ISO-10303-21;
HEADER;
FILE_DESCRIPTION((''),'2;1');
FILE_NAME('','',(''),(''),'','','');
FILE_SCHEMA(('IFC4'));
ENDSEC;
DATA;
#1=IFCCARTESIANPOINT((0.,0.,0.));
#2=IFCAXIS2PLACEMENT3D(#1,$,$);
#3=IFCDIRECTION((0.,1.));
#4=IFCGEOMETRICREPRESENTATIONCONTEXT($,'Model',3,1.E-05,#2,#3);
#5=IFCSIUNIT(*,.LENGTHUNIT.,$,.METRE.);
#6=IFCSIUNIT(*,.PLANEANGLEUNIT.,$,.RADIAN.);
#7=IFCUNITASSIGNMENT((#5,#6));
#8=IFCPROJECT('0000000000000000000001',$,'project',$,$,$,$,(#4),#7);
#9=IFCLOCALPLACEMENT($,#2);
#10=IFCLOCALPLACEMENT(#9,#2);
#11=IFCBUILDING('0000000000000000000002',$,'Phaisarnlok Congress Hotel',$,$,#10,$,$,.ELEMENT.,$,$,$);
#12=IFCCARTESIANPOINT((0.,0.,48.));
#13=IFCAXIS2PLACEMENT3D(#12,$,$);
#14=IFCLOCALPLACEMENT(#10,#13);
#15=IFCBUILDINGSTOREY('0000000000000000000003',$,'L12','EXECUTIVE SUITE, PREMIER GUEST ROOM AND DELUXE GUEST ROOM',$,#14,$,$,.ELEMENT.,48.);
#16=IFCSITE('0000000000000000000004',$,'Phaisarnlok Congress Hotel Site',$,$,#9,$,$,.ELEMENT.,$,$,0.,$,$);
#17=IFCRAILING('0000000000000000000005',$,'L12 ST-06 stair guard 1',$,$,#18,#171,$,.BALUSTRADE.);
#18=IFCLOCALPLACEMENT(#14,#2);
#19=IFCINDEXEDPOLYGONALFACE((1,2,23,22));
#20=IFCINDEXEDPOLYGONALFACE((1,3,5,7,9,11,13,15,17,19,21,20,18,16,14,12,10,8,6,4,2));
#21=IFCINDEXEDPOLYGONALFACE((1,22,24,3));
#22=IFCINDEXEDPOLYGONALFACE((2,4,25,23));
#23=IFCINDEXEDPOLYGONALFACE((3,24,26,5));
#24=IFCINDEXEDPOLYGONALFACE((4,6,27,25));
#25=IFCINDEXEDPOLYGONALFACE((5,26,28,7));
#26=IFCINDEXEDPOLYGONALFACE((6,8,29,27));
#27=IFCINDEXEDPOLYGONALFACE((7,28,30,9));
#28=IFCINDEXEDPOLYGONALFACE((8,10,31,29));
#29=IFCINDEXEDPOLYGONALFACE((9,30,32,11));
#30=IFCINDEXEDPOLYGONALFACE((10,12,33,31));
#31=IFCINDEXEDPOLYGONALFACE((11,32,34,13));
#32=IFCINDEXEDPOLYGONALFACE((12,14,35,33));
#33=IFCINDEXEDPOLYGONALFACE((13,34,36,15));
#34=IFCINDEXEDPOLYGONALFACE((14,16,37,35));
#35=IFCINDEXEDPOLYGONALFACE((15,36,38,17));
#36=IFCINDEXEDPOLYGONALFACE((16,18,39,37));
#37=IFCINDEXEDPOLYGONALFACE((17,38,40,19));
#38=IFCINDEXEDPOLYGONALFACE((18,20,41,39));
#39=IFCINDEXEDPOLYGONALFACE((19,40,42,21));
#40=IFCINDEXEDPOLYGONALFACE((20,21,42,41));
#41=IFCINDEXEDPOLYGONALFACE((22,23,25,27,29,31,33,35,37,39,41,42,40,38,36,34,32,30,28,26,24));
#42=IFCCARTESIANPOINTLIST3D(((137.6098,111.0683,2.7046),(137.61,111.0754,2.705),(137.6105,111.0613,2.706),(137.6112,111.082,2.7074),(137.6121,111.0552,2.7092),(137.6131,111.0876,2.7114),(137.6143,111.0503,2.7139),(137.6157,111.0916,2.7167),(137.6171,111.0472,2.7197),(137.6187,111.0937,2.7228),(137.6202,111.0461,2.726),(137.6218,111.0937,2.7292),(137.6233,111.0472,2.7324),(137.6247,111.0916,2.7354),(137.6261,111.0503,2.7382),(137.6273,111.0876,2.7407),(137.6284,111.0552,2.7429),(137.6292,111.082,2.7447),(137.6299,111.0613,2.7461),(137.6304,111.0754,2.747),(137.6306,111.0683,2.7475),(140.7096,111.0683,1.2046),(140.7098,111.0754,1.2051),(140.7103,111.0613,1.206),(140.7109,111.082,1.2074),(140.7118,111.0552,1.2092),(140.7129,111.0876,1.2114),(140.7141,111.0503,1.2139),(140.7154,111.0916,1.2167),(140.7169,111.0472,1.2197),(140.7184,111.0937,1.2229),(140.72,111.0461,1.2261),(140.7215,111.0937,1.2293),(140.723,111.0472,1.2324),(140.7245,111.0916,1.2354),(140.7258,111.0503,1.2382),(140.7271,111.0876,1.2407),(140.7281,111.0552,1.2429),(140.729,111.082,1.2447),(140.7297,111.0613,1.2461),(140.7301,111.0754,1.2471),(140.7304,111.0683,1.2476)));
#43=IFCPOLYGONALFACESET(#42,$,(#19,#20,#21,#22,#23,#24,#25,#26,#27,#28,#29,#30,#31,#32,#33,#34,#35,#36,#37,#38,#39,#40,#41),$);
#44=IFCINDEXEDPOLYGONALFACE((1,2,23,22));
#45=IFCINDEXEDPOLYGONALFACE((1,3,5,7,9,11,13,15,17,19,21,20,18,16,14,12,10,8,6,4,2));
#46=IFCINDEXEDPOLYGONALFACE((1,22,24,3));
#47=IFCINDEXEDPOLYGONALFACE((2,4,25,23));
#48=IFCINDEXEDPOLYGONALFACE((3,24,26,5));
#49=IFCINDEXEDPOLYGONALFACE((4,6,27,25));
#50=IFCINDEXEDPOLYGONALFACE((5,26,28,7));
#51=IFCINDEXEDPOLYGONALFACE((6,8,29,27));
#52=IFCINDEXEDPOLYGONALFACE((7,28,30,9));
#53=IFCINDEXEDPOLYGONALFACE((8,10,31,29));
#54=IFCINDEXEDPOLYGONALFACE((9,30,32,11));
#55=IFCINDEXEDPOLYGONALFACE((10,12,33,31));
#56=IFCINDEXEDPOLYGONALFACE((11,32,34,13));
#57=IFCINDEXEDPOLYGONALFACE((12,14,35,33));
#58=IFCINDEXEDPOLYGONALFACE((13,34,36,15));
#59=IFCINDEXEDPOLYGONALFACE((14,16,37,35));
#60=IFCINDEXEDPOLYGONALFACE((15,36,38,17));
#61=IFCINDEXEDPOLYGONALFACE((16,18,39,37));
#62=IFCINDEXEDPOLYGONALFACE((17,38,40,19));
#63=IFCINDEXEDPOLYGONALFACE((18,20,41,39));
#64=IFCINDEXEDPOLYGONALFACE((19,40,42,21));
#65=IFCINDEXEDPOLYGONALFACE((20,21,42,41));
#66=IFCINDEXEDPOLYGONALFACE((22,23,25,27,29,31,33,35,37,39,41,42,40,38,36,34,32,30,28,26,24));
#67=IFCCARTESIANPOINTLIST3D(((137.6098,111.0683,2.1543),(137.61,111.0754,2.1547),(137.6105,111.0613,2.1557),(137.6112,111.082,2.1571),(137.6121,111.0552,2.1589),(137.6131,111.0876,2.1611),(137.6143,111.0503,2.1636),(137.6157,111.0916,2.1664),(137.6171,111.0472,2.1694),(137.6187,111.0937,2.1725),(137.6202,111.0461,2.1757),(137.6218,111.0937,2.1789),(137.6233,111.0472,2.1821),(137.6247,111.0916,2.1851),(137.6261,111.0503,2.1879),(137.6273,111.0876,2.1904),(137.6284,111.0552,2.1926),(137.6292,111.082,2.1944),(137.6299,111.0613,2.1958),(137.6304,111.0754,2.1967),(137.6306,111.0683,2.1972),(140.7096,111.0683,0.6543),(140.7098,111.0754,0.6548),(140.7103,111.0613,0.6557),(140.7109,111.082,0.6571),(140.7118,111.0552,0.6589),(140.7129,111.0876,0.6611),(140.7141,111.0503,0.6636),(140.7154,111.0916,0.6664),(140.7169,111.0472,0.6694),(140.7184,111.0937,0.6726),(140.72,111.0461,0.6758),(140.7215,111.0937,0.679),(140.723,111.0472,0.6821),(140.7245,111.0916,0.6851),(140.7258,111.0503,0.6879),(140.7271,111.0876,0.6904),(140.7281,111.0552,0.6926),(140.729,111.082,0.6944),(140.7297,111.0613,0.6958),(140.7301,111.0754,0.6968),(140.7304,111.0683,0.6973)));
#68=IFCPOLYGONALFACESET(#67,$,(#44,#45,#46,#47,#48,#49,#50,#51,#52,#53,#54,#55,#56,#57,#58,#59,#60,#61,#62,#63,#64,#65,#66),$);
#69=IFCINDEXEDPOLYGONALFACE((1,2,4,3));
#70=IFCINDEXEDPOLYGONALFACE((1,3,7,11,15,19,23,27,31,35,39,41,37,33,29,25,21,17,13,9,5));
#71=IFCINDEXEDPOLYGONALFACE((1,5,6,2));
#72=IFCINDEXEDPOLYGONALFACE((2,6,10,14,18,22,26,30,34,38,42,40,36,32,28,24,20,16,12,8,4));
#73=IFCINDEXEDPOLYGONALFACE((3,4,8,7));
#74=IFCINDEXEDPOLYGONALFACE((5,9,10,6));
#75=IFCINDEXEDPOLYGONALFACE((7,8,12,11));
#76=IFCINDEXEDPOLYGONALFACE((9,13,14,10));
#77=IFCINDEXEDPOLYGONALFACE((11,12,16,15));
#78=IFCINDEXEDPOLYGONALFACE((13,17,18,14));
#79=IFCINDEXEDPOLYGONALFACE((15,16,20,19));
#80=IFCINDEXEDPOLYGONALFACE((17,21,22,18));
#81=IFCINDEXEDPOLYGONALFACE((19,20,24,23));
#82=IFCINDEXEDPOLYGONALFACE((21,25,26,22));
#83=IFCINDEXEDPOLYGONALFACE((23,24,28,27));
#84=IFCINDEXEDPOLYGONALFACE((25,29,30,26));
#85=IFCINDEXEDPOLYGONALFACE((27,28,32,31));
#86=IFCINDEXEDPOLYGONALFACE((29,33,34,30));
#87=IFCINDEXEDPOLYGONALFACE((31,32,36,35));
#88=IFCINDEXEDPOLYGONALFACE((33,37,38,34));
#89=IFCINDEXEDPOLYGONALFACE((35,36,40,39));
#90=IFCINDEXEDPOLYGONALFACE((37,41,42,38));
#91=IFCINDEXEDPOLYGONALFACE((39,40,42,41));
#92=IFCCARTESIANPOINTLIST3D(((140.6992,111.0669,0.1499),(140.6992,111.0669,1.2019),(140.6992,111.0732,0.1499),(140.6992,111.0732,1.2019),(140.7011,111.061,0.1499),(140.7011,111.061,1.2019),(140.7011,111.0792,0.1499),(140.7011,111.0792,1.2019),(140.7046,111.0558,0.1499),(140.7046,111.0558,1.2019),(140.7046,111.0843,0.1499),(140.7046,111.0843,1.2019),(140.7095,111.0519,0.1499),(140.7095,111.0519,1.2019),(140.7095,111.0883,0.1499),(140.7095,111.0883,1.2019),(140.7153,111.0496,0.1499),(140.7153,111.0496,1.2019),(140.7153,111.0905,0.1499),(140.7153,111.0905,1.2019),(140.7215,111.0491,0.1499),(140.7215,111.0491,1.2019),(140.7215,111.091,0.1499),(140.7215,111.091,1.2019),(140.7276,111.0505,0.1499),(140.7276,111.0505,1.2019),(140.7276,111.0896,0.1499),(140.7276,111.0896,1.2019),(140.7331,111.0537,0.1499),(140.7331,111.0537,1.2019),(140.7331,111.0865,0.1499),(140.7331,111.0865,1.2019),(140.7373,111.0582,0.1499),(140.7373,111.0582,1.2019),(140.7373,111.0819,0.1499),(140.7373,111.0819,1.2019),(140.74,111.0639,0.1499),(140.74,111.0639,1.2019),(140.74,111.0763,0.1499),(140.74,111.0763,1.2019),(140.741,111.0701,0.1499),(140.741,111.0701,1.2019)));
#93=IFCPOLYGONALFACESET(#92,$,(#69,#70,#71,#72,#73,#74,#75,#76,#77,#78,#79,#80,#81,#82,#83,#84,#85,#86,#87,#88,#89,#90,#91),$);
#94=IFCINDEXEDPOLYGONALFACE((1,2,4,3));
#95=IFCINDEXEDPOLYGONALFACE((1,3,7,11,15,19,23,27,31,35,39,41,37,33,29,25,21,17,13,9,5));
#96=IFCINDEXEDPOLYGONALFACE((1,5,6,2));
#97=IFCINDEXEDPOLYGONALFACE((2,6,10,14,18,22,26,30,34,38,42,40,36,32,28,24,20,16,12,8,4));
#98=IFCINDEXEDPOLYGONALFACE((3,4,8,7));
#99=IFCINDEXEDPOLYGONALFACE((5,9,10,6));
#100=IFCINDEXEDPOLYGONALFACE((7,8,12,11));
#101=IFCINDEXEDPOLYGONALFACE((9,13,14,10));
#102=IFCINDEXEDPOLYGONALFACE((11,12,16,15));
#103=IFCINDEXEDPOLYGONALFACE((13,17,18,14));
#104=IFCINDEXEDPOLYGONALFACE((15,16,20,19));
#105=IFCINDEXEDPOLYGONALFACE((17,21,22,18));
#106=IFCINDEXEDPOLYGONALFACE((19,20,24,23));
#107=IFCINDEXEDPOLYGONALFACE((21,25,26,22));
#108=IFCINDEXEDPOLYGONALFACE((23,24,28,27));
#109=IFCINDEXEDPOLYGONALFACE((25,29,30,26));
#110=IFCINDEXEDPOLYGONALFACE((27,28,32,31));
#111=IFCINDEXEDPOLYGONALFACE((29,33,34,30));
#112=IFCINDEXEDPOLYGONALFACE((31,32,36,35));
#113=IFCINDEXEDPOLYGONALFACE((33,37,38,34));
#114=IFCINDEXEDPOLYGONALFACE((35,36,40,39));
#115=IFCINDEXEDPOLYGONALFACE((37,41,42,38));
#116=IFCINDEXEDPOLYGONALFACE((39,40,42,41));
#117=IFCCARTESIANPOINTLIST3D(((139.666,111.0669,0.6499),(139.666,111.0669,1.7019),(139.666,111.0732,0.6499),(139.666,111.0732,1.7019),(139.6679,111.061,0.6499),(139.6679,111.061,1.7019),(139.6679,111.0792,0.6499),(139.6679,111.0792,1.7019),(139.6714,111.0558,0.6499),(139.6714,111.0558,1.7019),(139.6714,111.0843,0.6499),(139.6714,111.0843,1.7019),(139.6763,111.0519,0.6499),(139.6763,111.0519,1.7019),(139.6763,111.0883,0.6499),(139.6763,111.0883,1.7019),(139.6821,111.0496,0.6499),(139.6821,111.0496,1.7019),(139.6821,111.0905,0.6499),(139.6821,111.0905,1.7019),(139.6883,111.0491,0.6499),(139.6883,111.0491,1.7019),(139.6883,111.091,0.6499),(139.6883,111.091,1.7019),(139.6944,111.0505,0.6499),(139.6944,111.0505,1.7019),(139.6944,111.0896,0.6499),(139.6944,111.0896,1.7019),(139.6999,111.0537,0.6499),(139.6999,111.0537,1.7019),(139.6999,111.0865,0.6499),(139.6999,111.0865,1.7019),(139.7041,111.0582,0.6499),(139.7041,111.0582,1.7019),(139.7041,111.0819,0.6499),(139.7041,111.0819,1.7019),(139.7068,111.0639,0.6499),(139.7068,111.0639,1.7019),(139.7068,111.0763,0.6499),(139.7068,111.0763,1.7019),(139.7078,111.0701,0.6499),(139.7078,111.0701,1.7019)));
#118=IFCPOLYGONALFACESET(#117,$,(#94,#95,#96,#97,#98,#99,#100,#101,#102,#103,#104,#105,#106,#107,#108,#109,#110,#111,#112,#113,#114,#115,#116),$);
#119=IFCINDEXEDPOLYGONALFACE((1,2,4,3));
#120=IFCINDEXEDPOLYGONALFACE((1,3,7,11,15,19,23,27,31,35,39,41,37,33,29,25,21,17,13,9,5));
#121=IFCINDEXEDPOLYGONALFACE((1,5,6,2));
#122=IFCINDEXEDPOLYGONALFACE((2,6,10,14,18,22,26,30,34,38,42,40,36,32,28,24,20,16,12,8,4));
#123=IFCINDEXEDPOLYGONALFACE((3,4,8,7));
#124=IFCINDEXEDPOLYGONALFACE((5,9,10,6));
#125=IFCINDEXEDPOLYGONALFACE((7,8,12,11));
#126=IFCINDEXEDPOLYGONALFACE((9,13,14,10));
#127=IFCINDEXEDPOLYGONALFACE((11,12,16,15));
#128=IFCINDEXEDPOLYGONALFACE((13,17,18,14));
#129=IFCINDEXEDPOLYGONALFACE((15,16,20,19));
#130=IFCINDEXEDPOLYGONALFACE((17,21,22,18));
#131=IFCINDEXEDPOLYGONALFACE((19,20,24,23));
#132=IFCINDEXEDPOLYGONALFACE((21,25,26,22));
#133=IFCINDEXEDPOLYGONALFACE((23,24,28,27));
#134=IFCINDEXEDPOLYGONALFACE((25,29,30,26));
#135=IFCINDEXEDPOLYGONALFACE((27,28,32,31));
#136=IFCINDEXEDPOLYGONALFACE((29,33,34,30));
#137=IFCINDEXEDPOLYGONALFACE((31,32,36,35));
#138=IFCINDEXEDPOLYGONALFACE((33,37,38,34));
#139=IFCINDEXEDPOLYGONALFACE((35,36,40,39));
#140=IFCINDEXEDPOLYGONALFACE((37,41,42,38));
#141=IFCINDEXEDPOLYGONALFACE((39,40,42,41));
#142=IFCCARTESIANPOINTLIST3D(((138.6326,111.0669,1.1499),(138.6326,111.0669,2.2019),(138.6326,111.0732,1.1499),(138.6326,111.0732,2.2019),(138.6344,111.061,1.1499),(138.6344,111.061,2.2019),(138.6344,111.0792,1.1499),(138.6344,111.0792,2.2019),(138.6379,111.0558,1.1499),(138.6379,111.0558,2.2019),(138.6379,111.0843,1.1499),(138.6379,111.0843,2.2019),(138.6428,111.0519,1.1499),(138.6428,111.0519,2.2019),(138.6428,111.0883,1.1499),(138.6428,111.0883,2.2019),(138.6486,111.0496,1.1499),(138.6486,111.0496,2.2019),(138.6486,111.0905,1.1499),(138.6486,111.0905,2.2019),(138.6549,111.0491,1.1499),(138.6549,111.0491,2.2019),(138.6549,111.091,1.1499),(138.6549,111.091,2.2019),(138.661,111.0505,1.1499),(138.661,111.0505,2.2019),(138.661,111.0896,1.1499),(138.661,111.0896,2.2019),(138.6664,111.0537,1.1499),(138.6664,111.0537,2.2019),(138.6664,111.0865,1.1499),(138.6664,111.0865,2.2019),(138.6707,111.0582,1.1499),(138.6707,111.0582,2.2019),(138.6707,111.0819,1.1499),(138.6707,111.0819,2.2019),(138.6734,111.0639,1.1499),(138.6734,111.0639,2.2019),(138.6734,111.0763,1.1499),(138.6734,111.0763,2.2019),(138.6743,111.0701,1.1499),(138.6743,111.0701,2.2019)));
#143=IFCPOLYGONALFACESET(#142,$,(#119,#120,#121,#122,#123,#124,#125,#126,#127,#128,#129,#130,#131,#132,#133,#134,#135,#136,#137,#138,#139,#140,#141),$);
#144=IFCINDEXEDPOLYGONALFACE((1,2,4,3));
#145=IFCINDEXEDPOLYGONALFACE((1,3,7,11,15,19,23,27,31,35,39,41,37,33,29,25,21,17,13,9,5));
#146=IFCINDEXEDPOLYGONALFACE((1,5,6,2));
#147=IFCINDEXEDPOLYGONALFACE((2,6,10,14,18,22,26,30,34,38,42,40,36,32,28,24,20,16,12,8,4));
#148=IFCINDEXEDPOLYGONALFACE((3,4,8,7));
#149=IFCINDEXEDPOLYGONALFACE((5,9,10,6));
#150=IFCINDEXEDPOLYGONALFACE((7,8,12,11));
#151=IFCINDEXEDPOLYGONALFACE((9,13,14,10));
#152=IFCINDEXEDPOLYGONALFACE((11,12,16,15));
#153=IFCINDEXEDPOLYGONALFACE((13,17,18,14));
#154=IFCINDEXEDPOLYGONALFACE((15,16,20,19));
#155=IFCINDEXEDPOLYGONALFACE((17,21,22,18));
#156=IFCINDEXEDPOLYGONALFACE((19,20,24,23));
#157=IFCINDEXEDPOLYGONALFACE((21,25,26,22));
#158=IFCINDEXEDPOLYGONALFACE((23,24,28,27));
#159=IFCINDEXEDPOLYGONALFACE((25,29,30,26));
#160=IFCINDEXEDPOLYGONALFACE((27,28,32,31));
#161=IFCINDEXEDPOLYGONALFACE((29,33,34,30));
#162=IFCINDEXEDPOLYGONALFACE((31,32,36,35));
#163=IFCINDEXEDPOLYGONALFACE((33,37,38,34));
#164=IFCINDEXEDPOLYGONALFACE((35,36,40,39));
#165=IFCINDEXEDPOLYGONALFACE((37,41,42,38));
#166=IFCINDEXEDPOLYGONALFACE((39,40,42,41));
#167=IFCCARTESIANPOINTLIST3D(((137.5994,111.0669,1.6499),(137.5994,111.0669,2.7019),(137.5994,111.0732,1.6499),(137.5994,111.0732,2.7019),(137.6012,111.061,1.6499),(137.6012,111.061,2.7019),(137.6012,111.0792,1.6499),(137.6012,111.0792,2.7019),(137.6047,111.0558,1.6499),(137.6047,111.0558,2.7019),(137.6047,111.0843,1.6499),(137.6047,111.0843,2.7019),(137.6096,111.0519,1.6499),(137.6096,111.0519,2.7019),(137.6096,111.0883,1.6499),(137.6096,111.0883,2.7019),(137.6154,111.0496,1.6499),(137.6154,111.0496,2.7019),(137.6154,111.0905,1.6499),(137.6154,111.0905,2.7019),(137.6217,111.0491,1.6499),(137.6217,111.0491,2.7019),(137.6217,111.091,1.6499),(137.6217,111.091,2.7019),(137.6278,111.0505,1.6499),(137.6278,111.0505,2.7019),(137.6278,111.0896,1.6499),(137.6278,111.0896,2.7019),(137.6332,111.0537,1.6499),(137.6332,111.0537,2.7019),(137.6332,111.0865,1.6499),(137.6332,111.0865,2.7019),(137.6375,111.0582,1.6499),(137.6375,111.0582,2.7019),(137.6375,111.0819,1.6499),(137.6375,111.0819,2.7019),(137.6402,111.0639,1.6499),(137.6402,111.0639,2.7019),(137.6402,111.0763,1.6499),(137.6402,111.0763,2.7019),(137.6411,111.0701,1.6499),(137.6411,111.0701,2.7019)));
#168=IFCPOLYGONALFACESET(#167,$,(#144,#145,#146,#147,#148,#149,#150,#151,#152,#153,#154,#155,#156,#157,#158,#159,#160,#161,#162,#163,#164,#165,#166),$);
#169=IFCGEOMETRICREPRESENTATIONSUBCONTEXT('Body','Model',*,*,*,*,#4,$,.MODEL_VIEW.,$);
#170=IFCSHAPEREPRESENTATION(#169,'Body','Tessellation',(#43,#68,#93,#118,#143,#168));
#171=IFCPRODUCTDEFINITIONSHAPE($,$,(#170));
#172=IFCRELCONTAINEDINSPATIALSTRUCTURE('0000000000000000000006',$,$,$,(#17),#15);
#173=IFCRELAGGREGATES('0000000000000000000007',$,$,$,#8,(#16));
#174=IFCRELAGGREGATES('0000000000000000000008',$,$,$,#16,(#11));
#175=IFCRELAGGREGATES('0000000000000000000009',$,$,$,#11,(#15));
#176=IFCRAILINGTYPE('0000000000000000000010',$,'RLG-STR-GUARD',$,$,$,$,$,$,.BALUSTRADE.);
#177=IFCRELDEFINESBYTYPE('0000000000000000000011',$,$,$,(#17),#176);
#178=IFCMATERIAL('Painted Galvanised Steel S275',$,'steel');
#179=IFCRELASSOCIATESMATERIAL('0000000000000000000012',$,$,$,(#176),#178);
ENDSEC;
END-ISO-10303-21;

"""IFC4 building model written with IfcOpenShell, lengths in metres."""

from ifc_helpers import new_model, si_unit, direction, frame, origin, origin_2d, place, context, subcontext, project, spatial, circle, extrude, material, type_object, element, save


model = new_model("IFC4")

# Units and contexts
model_context = context("Model", 3, precision=1e-05, world=origin(), true_north=direction((0.0, 1.0)))
body_context = subcontext(model_context, "Body", "Model", "MODEL_VIEW")
ifc_project = project(units=[si_unit("LENGTHUNIT", "METRE"), si_unit("PLANEANGLEUNIT", "RADIAN")], contexts=[model_context])

# Site, building, storey
site_placement = place(None, origin())
site = spatial("IfcSite", under=ifc_project, at=site_placement, Name="Phaisarnlok Congress Hotel Site", CompositionType="ELEMENT", RefElevation=0.0)
building_placement = place(site_placement, origin())
building = spatial("IfcBuilding", under=site, at=building_placement, Name="Phaisarnlok Congress Hotel", CompositionType="ELEMENT")
storey_placement = place(building_placement, frame((0.0, 0.0, 48.0)))
storey = spatial("IfcBuildingStorey", under=building, at=storey_placement, Name="L12", Description="EXECUTIVE SUITE, PREMIER GUEST ROOM AND DELUXE GUEST ROOM", CompositionType="ELEMENT", Elevation=48.0)

# Railing
ifc_material_1 = material(Name="Painted Galvanised Steel S275", Category="steel")
railing_type_1 = type_object("IfcRailingType", Name="RLG-STR-GUARD", PredefinedType="BALUSTRADE", material=ifc_material_1)
railing_1_placement = place(storey_placement, frame((140.72, 111.0701, 0.1499)))
element("IfcRailing", 1, at=railing_1_placement, inside=storey, type_object=railing_type_1, Name="L12 ST-06 stair guard 1", PredefinedType="BALUSTRADE", context=body_context, shape_type="SweptSolid", body=[
    extrude(circle(Radius=0.0239, at=origin_2d()), frame((0.0, 0.0, 1.0762), z_axis=(-0.900151, 0.0, 0.435578), x_axis=(0.0, -1.0, 0.0)), (0.0, 0.0, 1.0), 3.4436),
    extrude(circle(Radius=0.0239, at=origin_2d()), frame((0.0, 0.0, 0.5259), z_axis=(-0.900151, 0.0, 0.435578), x_axis=(0.0, -1.0, 0.0)), (0.0, 0.0, 1.0), 3.4436),
    extrude(circle(Radius=0.021, at=origin_2d()), origin(), (0.0, 0.0, 1.0), 1.052),
    extrude(circle(Radius=0.021, at=origin_2d()), frame((-1.0332, 0.0, 0.5)), (0.0, 0.0, 1.0), 1.052),
    extrude(circle(Radius=0.021, at=origin_2d()), frame((-2.0667, 0.0, 1.0)), (0.0, 0.0, 1.0), 1.052),
    extrude(circle(Radius=0.021, at=origin_2d()), frame((-3.0999, 0.0, 1.5)), (0.0, 0.0, 1.0), 1.052),
])

save(model, "model.ifc")
